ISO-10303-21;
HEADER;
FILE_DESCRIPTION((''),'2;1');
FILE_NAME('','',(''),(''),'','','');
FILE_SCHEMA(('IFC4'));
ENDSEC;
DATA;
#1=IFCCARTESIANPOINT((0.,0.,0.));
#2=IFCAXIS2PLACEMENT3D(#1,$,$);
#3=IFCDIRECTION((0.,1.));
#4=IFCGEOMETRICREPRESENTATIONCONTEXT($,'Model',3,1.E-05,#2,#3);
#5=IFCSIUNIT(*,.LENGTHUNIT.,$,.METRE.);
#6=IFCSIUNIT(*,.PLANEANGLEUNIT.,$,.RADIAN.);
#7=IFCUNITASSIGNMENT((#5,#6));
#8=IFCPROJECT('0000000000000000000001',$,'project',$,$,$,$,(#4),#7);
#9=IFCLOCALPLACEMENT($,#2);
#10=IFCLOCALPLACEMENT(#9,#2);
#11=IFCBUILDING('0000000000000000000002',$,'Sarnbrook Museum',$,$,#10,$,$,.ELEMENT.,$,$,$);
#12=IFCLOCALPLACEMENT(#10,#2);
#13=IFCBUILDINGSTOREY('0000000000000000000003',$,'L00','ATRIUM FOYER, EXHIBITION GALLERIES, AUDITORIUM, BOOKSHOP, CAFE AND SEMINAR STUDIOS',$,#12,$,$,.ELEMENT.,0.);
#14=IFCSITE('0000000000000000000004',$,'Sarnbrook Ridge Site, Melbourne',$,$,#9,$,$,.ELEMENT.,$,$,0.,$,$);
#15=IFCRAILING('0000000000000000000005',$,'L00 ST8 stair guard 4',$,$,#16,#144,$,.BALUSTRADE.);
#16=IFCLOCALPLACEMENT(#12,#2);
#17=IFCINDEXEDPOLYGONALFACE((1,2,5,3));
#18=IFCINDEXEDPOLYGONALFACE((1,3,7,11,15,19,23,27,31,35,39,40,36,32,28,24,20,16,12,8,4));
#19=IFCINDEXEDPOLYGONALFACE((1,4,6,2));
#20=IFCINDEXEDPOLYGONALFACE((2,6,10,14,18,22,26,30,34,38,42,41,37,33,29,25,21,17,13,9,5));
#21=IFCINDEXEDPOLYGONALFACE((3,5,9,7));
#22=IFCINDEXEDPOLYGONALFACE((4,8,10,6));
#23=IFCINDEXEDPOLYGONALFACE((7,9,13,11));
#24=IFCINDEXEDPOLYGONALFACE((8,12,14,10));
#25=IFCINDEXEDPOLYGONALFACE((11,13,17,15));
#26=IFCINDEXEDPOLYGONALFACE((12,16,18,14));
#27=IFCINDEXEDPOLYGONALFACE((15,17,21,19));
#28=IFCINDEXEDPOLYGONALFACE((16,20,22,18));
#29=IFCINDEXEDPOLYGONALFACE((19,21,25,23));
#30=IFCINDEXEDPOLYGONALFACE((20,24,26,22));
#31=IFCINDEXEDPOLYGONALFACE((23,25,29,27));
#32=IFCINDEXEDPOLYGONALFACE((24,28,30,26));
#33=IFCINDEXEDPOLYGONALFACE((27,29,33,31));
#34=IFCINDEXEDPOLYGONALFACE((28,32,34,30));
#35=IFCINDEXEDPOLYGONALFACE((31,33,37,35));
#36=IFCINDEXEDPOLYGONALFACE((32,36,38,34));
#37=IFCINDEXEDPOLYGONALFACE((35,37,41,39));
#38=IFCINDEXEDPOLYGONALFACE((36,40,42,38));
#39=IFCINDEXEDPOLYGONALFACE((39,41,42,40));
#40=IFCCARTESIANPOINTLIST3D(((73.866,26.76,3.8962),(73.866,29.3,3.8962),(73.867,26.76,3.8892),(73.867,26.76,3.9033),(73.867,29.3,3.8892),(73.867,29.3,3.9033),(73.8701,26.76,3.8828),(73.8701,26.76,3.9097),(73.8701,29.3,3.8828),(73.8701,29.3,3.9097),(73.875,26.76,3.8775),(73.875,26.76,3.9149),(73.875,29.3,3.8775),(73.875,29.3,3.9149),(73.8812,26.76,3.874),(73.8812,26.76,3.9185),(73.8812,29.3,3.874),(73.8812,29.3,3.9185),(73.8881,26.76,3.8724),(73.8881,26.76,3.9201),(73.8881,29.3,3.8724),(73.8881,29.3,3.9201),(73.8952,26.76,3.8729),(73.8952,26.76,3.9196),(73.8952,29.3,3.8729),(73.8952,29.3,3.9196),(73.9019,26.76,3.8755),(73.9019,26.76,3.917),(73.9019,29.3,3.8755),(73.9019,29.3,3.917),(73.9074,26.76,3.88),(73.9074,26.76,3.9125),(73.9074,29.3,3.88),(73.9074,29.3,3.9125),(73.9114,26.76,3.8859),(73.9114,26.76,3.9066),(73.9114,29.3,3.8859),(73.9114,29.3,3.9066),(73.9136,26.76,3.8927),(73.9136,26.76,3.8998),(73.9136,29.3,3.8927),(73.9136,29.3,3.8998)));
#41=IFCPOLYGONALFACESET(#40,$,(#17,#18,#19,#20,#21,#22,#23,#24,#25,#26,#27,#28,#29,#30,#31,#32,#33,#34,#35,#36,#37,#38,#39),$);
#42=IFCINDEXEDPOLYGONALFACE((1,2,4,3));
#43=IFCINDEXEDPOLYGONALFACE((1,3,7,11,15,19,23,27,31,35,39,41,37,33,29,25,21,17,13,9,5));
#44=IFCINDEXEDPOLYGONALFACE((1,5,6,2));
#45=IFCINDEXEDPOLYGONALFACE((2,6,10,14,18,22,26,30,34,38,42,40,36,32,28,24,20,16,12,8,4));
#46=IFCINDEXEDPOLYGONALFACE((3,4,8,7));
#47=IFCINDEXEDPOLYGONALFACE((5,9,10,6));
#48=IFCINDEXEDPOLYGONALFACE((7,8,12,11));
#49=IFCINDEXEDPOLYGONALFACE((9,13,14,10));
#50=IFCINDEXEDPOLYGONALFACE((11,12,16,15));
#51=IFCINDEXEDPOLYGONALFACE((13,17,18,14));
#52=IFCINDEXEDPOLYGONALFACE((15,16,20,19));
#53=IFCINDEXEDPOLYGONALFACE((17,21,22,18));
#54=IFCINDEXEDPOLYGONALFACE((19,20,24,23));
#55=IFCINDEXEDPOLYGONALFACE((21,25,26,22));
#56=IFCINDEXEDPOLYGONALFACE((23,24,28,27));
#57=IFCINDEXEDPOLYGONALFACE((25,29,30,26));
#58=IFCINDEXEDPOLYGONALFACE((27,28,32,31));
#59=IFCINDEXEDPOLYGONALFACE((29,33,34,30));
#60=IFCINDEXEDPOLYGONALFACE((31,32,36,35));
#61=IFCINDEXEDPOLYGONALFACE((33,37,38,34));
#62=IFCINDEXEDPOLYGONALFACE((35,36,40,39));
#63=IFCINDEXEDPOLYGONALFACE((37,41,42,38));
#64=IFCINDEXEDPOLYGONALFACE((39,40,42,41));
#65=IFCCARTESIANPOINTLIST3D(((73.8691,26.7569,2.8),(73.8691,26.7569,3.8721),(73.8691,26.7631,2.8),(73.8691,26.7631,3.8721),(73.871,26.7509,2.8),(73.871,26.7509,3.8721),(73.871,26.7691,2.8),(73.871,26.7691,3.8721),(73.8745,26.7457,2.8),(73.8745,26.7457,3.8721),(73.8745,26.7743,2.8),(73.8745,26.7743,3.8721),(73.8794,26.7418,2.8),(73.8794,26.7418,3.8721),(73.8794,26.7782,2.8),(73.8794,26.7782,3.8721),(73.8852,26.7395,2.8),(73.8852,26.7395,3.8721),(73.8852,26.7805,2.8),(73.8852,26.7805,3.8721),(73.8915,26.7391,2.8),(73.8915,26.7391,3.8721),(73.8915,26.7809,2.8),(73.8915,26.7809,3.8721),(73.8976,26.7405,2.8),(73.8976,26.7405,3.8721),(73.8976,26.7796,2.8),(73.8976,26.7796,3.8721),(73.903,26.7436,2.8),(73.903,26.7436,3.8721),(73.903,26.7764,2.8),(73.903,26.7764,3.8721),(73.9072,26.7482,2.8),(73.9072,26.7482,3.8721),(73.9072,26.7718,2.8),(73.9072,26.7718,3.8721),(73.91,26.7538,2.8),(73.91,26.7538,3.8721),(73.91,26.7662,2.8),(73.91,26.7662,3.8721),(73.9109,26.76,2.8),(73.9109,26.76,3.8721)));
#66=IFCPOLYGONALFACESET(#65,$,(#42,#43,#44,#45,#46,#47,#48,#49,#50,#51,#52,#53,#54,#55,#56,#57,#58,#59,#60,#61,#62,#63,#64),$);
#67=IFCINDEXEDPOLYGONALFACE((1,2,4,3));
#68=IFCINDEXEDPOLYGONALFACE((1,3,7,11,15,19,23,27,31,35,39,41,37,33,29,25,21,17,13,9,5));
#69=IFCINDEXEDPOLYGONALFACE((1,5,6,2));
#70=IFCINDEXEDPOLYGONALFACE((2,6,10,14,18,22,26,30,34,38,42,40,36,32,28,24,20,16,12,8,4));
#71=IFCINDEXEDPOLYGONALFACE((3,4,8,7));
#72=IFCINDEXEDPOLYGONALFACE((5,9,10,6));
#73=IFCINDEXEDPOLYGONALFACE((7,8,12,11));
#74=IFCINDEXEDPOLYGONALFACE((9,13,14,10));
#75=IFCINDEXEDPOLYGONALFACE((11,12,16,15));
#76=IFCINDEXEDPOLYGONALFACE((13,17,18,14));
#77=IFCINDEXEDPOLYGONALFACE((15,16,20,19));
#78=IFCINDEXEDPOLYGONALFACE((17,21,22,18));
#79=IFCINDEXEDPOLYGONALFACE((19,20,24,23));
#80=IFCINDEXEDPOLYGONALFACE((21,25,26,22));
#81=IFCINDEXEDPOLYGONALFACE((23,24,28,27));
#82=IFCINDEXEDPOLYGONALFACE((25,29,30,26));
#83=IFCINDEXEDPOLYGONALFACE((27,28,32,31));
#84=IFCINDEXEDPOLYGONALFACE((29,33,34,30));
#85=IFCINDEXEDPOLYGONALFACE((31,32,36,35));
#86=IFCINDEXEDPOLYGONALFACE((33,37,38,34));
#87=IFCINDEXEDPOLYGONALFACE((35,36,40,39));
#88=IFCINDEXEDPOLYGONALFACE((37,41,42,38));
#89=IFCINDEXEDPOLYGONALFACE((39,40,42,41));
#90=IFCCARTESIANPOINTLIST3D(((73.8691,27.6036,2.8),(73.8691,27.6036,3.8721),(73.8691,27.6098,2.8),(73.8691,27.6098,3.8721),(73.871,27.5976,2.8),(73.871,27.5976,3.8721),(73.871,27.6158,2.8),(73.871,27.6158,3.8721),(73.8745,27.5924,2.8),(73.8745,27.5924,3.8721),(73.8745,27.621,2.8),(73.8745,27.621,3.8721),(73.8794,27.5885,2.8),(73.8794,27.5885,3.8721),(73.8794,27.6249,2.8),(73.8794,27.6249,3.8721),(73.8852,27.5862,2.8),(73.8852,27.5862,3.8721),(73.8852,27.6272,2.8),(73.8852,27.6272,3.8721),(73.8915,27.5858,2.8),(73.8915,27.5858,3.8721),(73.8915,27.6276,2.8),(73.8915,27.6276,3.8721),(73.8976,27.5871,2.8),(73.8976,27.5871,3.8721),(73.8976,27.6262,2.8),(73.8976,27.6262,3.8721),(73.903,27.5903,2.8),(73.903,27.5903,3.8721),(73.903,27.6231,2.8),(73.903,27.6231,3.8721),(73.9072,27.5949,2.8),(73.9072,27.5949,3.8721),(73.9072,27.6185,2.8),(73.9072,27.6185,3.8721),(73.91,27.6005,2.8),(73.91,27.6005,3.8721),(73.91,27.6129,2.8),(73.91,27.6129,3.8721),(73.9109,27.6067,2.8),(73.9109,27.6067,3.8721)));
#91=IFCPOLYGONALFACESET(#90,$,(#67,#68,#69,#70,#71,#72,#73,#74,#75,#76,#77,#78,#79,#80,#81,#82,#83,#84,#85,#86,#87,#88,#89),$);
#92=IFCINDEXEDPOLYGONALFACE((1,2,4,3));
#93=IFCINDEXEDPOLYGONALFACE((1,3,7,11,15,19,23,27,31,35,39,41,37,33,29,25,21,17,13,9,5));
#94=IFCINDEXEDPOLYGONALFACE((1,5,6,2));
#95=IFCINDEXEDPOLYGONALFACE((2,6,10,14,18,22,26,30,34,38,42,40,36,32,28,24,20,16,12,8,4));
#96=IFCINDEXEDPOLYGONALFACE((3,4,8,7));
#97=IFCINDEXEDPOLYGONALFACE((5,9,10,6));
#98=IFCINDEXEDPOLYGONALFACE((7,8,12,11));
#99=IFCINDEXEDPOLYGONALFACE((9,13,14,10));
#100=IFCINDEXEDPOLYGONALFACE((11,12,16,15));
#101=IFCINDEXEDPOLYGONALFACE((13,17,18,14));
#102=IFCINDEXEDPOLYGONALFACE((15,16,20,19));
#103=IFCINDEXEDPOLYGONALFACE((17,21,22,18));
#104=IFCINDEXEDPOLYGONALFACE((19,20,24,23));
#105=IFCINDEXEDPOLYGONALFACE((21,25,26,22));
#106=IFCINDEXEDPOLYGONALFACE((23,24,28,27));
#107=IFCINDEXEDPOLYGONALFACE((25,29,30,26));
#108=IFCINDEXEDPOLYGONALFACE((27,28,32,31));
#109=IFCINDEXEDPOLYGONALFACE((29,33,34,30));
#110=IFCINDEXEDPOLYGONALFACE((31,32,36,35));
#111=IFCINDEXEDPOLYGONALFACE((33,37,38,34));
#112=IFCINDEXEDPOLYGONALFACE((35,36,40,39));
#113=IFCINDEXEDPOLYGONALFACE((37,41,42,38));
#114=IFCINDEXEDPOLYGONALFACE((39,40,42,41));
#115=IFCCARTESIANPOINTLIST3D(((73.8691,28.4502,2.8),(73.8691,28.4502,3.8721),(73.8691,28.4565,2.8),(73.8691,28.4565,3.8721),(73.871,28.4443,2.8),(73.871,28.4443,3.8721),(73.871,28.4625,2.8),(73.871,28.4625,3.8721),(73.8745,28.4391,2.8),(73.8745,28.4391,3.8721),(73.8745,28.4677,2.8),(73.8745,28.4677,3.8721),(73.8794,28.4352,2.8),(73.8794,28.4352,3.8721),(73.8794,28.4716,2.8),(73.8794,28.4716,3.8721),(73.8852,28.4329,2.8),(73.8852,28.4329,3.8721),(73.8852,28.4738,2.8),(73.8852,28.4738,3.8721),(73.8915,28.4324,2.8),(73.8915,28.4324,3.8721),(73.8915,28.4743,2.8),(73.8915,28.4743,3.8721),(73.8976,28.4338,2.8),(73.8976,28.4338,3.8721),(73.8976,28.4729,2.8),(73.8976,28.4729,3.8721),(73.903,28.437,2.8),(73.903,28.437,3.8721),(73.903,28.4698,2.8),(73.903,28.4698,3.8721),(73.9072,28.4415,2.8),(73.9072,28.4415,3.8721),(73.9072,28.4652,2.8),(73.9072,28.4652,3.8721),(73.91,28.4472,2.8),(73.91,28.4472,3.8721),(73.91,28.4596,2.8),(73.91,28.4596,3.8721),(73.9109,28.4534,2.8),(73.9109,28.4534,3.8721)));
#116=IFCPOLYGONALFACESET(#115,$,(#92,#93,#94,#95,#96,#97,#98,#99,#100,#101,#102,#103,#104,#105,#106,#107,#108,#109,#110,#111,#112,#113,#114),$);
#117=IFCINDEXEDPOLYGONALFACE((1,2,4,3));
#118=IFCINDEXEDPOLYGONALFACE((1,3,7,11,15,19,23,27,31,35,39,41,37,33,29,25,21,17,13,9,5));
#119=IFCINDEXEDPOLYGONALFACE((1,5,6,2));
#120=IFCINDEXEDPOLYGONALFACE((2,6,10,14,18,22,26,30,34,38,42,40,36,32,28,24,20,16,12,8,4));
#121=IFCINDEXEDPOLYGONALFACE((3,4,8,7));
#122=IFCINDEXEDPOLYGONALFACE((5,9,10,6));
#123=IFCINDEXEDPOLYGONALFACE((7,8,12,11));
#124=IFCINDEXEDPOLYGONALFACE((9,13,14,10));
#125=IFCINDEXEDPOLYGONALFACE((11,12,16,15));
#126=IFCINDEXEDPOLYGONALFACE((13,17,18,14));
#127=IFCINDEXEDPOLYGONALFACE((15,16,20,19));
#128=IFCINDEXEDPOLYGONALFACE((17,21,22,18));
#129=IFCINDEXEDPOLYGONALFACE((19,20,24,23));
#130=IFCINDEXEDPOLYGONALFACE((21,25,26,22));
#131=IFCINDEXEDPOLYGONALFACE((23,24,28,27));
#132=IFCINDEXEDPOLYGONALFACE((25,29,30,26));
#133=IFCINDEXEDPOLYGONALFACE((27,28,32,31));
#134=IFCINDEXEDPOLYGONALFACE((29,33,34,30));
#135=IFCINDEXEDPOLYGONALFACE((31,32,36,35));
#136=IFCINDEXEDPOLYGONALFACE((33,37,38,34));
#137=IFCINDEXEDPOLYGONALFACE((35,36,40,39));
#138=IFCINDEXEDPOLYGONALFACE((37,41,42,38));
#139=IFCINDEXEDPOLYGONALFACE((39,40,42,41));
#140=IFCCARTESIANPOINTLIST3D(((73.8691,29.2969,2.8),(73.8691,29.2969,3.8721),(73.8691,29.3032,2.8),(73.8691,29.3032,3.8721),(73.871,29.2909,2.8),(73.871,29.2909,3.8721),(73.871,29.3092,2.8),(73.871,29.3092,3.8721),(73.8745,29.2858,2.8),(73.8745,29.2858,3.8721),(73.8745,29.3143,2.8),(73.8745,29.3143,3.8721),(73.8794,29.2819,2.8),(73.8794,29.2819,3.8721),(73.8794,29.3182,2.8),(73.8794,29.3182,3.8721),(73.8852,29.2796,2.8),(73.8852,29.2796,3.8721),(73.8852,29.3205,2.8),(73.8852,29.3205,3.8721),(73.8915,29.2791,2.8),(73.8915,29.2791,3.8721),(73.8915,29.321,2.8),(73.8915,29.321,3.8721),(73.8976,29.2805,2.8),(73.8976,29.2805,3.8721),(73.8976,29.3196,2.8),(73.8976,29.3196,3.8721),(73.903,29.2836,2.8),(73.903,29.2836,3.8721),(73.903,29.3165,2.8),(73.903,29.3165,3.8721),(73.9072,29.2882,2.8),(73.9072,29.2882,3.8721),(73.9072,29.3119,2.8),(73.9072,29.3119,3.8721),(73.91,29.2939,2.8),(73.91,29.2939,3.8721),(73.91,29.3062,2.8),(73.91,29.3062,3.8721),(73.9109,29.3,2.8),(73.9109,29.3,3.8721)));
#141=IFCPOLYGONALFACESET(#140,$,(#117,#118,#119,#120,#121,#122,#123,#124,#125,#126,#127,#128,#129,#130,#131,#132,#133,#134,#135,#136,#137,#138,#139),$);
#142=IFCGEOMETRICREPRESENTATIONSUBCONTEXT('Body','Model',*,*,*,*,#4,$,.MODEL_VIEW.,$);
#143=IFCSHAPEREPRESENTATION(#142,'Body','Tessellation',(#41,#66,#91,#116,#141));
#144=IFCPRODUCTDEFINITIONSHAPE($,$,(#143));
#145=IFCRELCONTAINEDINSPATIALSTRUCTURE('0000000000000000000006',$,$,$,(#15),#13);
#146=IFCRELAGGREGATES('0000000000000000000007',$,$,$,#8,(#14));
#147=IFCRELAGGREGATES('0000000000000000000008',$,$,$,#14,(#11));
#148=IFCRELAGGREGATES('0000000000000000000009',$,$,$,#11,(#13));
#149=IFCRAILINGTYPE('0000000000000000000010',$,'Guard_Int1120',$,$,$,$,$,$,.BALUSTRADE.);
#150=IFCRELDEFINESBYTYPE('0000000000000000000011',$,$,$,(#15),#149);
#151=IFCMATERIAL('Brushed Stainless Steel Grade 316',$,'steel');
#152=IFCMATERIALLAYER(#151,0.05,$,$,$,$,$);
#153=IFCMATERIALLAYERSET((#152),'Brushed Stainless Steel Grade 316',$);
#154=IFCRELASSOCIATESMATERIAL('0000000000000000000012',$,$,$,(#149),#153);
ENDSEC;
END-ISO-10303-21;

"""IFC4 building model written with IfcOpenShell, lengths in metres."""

from ifc_helpers import new_model, si_unit, direction, frame, origin, origin_2d, place, context, subcontext, project, spatial, circle, extrude, material, layer, layer_set, type_object, element, save


model = new_model("IFC4")

# Units and contexts
model_context = context("Model", 3, precision=1e-05, world=origin(), true_north=direction((0.0, 1.0)))
body_context = subcontext(model_context, "Body", "Model", "MODEL_VIEW")
ifc_project = project(units=[si_unit("LENGTHUNIT", "METRE"), si_unit("PLANEANGLEUNIT", "RADIAN")], contexts=[model_context])

# Site, building, storey
site_placement = place(None, origin())
site = spatial("IfcSite", under=ifc_project, at=site_placement, Name="Sarnbrook Ridge Site, Melbourne", CompositionType="ELEMENT", RefElevation=0.0)
building_placement = place(site_placement, origin())
building = spatial("IfcBuilding", under=site, at=building_placement, Name="Sarnbrook Museum", CompositionType="ELEMENT")
storey_placement = place(building_placement, origin())
storey = spatial("IfcBuildingStorey", under=building, at=storey_placement, Name="L00", Description="ATRIUM FOYER, EXHIBITION GALLERIES, AUDITORIUM, BOOKSHOP, CAFE AND SEMINAR STUDIOS", CompositionType="ELEMENT", Elevation=0.0)

# Railing
ifc_material_1 = material(Name="Brushed Stainless Steel Grade 316", Category="steel")
ifc_layer_1 = layer(ifc_material_1, 0.05)
ifc_layer_set_1 = layer_set([ifc_layer_1], Name="Brushed Stainless Steel Grade 316")
railing_type_1 = type_object("IfcRailingType", Name="Guard_Int1120", PredefinedType="BALUSTRADE", material=ifc_layer_set_1)
railing_1_placement = place(storey_placement, frame((73.8899, 26.76, 2.8)))
element("IfcRailing", 1, at=railing_1_placement, inside=storey, type_object=railing_type_1, Name="L00 ST8 stair guard 4", PredefinedType="BALUSTRADE", context=body_context, shape_type="SweptSolid", body=[
    extrude(circle(Radius=0.0239, at=origin_2d()), frame((0.0, 0.0, 1.0962), z_axis=(0.0, 1.0, 0.0), x_axis=(-1.0, 0.0, 0.0)), (0.0, 0.0, 1.0), 2.54),
    extrude(circle(Radius=0.021, at=origin_2d()), origin(), (0.0, 0.0, 1.0), 1.072),
    extrude(circle(Radius=0.021, at=origin_2d()), frame((0.0, 0.8467, 0.0)), (0.0, 0.0, 1.0), 1.072),
    extrude(circle(Radius=0.021, at=origin_2d()), frame((0.0, 1.6934, 0.0)), (0.0, 0.0, 1.0), 1.072),
    extrude(circle(Radius=0.021, at=origin_2d()), frame((0.0, 2.54, 0.0)), (0.0, 0.0, 1.0), 1.072),
])

save(model, "model.ifc")
